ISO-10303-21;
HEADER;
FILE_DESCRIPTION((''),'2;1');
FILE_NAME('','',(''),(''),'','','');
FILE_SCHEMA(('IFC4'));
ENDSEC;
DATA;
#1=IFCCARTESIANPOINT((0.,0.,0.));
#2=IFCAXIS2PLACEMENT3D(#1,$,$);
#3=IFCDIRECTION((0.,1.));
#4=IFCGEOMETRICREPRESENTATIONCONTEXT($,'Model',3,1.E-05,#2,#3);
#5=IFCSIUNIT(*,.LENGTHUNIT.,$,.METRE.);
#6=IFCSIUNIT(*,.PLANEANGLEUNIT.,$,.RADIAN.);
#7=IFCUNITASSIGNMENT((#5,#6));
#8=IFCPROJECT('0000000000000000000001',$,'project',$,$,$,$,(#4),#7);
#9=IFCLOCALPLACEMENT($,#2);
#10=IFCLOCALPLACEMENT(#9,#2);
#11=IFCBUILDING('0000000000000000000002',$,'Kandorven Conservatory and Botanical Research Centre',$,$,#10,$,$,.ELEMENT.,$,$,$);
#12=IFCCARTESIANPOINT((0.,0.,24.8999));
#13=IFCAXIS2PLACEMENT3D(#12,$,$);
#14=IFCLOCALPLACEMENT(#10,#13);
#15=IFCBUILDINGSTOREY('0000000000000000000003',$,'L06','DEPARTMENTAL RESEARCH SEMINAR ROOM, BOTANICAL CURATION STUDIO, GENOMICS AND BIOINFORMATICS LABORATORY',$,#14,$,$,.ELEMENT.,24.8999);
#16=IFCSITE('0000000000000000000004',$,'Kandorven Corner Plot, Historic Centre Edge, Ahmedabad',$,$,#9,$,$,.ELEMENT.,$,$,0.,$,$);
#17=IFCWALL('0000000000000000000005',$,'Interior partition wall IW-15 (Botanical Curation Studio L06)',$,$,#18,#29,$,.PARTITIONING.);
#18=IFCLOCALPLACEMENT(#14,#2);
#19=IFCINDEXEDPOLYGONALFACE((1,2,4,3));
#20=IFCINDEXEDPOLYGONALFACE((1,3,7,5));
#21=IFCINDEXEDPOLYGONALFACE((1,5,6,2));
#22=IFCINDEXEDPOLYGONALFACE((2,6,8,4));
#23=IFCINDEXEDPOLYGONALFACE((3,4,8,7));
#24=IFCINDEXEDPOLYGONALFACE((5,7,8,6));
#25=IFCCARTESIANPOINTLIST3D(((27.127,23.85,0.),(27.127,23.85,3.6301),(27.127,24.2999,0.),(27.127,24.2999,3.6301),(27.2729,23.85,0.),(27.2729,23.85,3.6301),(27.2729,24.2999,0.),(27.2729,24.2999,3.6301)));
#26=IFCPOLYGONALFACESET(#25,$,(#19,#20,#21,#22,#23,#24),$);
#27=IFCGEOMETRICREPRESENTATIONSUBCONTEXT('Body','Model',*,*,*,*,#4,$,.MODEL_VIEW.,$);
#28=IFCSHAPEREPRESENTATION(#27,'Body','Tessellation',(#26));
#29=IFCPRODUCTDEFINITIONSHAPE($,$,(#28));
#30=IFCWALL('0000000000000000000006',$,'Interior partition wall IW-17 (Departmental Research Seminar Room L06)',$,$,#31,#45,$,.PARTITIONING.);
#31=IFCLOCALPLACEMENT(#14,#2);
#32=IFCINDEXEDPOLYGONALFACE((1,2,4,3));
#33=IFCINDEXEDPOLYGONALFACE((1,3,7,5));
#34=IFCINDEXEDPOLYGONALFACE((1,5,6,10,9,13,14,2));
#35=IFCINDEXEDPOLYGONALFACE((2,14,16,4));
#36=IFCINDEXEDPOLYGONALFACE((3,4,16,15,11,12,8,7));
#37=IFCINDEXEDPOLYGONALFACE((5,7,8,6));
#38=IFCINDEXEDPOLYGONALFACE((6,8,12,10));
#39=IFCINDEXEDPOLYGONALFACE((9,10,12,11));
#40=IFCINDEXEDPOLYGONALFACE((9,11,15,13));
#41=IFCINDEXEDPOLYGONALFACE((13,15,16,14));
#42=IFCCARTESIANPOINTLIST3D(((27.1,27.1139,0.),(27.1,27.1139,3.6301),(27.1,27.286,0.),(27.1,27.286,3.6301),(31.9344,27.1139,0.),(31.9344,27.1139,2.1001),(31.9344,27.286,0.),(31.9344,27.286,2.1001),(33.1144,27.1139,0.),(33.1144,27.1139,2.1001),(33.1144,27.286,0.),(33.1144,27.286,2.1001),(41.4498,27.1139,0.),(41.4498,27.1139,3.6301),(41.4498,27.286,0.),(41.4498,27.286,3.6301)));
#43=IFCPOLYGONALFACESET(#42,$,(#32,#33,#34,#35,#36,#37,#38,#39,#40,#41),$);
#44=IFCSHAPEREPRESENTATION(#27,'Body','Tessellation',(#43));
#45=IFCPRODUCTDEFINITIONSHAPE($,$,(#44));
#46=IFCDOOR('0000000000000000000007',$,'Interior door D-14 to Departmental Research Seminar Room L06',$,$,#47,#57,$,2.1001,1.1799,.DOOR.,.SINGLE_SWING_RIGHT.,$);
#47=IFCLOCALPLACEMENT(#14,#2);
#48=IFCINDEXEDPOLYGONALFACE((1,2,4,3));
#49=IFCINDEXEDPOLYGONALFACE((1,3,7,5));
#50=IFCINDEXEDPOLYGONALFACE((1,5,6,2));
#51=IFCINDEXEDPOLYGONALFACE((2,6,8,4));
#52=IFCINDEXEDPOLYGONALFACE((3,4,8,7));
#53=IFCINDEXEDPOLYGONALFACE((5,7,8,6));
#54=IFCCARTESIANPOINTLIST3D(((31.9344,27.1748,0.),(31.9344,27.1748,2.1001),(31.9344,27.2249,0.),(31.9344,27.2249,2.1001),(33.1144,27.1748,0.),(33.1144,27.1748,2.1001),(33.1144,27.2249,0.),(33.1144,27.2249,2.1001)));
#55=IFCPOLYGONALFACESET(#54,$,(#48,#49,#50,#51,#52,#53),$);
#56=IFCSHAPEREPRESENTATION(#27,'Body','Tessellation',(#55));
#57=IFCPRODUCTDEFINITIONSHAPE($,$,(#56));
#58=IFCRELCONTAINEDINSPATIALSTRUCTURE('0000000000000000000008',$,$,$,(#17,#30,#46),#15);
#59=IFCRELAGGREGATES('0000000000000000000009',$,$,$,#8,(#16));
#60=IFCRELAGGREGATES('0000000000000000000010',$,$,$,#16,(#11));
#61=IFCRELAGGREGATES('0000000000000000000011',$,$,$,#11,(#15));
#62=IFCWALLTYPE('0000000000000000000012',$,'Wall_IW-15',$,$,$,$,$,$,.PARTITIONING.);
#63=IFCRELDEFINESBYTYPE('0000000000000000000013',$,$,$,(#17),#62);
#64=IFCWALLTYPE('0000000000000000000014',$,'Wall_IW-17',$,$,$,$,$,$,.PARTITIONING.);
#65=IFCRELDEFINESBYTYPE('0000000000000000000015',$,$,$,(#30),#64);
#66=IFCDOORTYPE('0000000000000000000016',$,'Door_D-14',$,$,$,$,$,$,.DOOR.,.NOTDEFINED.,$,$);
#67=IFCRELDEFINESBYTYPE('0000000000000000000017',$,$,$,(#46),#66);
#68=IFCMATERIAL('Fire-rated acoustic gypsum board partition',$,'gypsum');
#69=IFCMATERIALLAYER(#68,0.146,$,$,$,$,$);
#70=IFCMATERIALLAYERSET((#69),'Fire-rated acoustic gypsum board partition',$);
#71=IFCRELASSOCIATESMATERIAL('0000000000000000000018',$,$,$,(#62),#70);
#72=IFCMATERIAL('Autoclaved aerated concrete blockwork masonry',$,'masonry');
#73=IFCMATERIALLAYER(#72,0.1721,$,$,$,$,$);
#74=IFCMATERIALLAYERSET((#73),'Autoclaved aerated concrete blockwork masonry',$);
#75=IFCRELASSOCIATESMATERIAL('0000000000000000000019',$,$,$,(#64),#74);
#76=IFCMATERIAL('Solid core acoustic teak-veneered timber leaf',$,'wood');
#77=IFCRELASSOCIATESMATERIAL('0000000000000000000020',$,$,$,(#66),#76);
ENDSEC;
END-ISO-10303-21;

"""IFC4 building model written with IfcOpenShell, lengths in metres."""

from ifc_helpers import new_model, si_unit, direction, frame, frame_2d, origin, place, context, subcontext, project, spatial, rectangle, extrude, material, layer, layer_set, type_object, element, fill, save


model = new_model("IFC4")

# Units and contexts
model_context = context("Model", 3, precision=1e-05, world=origin(), true_north=direction((0.0, 1.0)))
body_context = subcontext(model_context, "Body", "Model", "MODEL_VIEW")
ifc_project = project(units=[si_unit("LENGTHUNIT", "METRE"), si_unit("PLANEANGLEUNIT", "RADIAN")], contexts=[model_context])

# Site, building, storey
site_placement = place(None, origin())
site = spatial("IfcSite", under=ifc_project, at=site_placement, Name="Kandorven Corner Plot, Historic Centre Edge, Ahmedabad", CompositionType="ELEMENT", RefElevation=0.0)
building_placement = place(site_placement, origin())
building = spatial("IfcBuilding", under=site, at=building_placement, Name="Kandorven Conservatory and Botanical Research Centre", CompositionType="ELEMENT")
storey_placement = place(building_placement, frame((0.0, 0.0, 24.8999)))
storey = spatial("IfcBuildingStorey", under=building, at=storey_placement, Name="L06", Description="DEPARTMENTAL RESEARCH SEMINAR ROOM, BOTANICAL CURATION STUDIO, GENOMICS AND BIOINFORMATICS LABORATORY", CompositionType="ELEMENT", Elevation=24.8999)

# Wall
ifc_material_1 = material(Name="Fire-rated acoustic gypsum board partition", Category="gypsum")
ifc_layer_1 = layer(ifc_material_1, 0.146)
ifc_layer_set_1 = layer_set([ifc_layer_1], Name="Fire-rated acoustic gypsum board partition")
wall_type_1 = type_object("IfcWallType", Name="Wall_IW-15", PredefinedType="PARTITIONING", material=ifc_layer_set_1)
wall_1_placement = place(storey_placement, frame((27.2, 24.3, 0.0), z_axis=(0.0, 0.0, 1.0), x_axis=(0.0, -1.0, 0.0)))
element("IfcWall", 1, at=wall_1_placement, inside=storey, type_object=wall_type_1, Name="Interior partition wall IW-15 (Botanical Curation Studio L06)", PredefinedType="PARTITIONING", context=body_context, shape_type="SweptSolid", body=[
    extrude(rectangle(XDim=0.45, YDim=0.146, at=frame_2d((0.2251, 0.0))), origin(), (0.0, 0.0, 1.0), 3.6301),
])

# Wall, opening, door
ifc_material_2 = material(Name="Autoclaved aerated concrete blockwork masonry", Category="masonry")
ifc_layer_2 = layer(ifc_material_2, 0.1721)
ifc_layer_set_2 = layer_set([ifc_layer_2], Name="Autoclaved aerated concrete blockwork masonry")
wall_type_2 = type_object("IfcWallType", Name="Wall_IW-17", PredefinedType="PARTITIONING", material=ifc_layer_set_2)
wall_2_placement = place(storey_placement, frame((27.1001, 27.2, 0.0), z_axis=(0.0, 0.0, 1.0), x_axis=(1.0, 0.0, 0.0)))
wall_2 = element("IfcWall", 2, at=wall_2_placement, inside=storey, type_object=wall_type_2, Name="Interior partition wall IW-17 (Departmental Research Seminar Room L06)", PredefinedType="PARTITIONING", context=body_context, shape_type="SweptSolid", body=[
    extrude(rectangle(XDim=14.3499, YDim=0.1721, at=frame_2d((7.1748, 0.0))), origin(), (0.0, 0.0, 1.0), 3.6301),
])
opening_placement = place(wall_2_placement, frame((4.8345, 0.0, 0.0)))
opening = element("IfcOpeningElement", 3, at=opening_placement, cuts=wall_2, PredefinedType="OPENING", context=body_context, shape_type="SweptSolid", body=[
    extrude(rectangle(XDim=1.1799, YDim=2.1001, at=frame_2d((0.5898, 1.05))), frame((0.0, 0.0959, 0.0), z_axis=(0.0, -1.0, 0.0), x_axis=(1.0, 0.0, 0.0)), (0.0, 0.0, 1.0), 0.1921),
])
ifc_material_3 = material(Name="Solid core acoustic teak-veneered timber leaf", Category="wood")
door_type = type_object("IfcDoorType", Name="Door_D-14", OperationType="NOTDEFINED", PredefinedType="DOOR", material=ifc_material_3)
door_placement = place(opening_placement, origin())
door = element("IfcDoor", 4, at=door_placement, inside=storey, type_object=door_type, Name="Interior door D-14 to Departmental Research Seminar Room L06", OperationType="SINGLE_SWING_RIGHT", OverallHeight=2.1001, OverallWidth=1.1799, PredefinedType="DOOR", context=body_context, shape_type="SweptSolid", body=[
    extrude(rectangle(XDim=1.1799, YDim=2.1001, at=frame_2d((0.5898, 1.05))), frame((0.0, 0.0249, 0.0), z_axis=(0.0, -1.0, 0.0), x_axis=(1.0, 0.0, 0.0)), (0.0, 0.0, 1.0), 0.05),
])
fill(opening, door)

save(model, "model.ifc")
